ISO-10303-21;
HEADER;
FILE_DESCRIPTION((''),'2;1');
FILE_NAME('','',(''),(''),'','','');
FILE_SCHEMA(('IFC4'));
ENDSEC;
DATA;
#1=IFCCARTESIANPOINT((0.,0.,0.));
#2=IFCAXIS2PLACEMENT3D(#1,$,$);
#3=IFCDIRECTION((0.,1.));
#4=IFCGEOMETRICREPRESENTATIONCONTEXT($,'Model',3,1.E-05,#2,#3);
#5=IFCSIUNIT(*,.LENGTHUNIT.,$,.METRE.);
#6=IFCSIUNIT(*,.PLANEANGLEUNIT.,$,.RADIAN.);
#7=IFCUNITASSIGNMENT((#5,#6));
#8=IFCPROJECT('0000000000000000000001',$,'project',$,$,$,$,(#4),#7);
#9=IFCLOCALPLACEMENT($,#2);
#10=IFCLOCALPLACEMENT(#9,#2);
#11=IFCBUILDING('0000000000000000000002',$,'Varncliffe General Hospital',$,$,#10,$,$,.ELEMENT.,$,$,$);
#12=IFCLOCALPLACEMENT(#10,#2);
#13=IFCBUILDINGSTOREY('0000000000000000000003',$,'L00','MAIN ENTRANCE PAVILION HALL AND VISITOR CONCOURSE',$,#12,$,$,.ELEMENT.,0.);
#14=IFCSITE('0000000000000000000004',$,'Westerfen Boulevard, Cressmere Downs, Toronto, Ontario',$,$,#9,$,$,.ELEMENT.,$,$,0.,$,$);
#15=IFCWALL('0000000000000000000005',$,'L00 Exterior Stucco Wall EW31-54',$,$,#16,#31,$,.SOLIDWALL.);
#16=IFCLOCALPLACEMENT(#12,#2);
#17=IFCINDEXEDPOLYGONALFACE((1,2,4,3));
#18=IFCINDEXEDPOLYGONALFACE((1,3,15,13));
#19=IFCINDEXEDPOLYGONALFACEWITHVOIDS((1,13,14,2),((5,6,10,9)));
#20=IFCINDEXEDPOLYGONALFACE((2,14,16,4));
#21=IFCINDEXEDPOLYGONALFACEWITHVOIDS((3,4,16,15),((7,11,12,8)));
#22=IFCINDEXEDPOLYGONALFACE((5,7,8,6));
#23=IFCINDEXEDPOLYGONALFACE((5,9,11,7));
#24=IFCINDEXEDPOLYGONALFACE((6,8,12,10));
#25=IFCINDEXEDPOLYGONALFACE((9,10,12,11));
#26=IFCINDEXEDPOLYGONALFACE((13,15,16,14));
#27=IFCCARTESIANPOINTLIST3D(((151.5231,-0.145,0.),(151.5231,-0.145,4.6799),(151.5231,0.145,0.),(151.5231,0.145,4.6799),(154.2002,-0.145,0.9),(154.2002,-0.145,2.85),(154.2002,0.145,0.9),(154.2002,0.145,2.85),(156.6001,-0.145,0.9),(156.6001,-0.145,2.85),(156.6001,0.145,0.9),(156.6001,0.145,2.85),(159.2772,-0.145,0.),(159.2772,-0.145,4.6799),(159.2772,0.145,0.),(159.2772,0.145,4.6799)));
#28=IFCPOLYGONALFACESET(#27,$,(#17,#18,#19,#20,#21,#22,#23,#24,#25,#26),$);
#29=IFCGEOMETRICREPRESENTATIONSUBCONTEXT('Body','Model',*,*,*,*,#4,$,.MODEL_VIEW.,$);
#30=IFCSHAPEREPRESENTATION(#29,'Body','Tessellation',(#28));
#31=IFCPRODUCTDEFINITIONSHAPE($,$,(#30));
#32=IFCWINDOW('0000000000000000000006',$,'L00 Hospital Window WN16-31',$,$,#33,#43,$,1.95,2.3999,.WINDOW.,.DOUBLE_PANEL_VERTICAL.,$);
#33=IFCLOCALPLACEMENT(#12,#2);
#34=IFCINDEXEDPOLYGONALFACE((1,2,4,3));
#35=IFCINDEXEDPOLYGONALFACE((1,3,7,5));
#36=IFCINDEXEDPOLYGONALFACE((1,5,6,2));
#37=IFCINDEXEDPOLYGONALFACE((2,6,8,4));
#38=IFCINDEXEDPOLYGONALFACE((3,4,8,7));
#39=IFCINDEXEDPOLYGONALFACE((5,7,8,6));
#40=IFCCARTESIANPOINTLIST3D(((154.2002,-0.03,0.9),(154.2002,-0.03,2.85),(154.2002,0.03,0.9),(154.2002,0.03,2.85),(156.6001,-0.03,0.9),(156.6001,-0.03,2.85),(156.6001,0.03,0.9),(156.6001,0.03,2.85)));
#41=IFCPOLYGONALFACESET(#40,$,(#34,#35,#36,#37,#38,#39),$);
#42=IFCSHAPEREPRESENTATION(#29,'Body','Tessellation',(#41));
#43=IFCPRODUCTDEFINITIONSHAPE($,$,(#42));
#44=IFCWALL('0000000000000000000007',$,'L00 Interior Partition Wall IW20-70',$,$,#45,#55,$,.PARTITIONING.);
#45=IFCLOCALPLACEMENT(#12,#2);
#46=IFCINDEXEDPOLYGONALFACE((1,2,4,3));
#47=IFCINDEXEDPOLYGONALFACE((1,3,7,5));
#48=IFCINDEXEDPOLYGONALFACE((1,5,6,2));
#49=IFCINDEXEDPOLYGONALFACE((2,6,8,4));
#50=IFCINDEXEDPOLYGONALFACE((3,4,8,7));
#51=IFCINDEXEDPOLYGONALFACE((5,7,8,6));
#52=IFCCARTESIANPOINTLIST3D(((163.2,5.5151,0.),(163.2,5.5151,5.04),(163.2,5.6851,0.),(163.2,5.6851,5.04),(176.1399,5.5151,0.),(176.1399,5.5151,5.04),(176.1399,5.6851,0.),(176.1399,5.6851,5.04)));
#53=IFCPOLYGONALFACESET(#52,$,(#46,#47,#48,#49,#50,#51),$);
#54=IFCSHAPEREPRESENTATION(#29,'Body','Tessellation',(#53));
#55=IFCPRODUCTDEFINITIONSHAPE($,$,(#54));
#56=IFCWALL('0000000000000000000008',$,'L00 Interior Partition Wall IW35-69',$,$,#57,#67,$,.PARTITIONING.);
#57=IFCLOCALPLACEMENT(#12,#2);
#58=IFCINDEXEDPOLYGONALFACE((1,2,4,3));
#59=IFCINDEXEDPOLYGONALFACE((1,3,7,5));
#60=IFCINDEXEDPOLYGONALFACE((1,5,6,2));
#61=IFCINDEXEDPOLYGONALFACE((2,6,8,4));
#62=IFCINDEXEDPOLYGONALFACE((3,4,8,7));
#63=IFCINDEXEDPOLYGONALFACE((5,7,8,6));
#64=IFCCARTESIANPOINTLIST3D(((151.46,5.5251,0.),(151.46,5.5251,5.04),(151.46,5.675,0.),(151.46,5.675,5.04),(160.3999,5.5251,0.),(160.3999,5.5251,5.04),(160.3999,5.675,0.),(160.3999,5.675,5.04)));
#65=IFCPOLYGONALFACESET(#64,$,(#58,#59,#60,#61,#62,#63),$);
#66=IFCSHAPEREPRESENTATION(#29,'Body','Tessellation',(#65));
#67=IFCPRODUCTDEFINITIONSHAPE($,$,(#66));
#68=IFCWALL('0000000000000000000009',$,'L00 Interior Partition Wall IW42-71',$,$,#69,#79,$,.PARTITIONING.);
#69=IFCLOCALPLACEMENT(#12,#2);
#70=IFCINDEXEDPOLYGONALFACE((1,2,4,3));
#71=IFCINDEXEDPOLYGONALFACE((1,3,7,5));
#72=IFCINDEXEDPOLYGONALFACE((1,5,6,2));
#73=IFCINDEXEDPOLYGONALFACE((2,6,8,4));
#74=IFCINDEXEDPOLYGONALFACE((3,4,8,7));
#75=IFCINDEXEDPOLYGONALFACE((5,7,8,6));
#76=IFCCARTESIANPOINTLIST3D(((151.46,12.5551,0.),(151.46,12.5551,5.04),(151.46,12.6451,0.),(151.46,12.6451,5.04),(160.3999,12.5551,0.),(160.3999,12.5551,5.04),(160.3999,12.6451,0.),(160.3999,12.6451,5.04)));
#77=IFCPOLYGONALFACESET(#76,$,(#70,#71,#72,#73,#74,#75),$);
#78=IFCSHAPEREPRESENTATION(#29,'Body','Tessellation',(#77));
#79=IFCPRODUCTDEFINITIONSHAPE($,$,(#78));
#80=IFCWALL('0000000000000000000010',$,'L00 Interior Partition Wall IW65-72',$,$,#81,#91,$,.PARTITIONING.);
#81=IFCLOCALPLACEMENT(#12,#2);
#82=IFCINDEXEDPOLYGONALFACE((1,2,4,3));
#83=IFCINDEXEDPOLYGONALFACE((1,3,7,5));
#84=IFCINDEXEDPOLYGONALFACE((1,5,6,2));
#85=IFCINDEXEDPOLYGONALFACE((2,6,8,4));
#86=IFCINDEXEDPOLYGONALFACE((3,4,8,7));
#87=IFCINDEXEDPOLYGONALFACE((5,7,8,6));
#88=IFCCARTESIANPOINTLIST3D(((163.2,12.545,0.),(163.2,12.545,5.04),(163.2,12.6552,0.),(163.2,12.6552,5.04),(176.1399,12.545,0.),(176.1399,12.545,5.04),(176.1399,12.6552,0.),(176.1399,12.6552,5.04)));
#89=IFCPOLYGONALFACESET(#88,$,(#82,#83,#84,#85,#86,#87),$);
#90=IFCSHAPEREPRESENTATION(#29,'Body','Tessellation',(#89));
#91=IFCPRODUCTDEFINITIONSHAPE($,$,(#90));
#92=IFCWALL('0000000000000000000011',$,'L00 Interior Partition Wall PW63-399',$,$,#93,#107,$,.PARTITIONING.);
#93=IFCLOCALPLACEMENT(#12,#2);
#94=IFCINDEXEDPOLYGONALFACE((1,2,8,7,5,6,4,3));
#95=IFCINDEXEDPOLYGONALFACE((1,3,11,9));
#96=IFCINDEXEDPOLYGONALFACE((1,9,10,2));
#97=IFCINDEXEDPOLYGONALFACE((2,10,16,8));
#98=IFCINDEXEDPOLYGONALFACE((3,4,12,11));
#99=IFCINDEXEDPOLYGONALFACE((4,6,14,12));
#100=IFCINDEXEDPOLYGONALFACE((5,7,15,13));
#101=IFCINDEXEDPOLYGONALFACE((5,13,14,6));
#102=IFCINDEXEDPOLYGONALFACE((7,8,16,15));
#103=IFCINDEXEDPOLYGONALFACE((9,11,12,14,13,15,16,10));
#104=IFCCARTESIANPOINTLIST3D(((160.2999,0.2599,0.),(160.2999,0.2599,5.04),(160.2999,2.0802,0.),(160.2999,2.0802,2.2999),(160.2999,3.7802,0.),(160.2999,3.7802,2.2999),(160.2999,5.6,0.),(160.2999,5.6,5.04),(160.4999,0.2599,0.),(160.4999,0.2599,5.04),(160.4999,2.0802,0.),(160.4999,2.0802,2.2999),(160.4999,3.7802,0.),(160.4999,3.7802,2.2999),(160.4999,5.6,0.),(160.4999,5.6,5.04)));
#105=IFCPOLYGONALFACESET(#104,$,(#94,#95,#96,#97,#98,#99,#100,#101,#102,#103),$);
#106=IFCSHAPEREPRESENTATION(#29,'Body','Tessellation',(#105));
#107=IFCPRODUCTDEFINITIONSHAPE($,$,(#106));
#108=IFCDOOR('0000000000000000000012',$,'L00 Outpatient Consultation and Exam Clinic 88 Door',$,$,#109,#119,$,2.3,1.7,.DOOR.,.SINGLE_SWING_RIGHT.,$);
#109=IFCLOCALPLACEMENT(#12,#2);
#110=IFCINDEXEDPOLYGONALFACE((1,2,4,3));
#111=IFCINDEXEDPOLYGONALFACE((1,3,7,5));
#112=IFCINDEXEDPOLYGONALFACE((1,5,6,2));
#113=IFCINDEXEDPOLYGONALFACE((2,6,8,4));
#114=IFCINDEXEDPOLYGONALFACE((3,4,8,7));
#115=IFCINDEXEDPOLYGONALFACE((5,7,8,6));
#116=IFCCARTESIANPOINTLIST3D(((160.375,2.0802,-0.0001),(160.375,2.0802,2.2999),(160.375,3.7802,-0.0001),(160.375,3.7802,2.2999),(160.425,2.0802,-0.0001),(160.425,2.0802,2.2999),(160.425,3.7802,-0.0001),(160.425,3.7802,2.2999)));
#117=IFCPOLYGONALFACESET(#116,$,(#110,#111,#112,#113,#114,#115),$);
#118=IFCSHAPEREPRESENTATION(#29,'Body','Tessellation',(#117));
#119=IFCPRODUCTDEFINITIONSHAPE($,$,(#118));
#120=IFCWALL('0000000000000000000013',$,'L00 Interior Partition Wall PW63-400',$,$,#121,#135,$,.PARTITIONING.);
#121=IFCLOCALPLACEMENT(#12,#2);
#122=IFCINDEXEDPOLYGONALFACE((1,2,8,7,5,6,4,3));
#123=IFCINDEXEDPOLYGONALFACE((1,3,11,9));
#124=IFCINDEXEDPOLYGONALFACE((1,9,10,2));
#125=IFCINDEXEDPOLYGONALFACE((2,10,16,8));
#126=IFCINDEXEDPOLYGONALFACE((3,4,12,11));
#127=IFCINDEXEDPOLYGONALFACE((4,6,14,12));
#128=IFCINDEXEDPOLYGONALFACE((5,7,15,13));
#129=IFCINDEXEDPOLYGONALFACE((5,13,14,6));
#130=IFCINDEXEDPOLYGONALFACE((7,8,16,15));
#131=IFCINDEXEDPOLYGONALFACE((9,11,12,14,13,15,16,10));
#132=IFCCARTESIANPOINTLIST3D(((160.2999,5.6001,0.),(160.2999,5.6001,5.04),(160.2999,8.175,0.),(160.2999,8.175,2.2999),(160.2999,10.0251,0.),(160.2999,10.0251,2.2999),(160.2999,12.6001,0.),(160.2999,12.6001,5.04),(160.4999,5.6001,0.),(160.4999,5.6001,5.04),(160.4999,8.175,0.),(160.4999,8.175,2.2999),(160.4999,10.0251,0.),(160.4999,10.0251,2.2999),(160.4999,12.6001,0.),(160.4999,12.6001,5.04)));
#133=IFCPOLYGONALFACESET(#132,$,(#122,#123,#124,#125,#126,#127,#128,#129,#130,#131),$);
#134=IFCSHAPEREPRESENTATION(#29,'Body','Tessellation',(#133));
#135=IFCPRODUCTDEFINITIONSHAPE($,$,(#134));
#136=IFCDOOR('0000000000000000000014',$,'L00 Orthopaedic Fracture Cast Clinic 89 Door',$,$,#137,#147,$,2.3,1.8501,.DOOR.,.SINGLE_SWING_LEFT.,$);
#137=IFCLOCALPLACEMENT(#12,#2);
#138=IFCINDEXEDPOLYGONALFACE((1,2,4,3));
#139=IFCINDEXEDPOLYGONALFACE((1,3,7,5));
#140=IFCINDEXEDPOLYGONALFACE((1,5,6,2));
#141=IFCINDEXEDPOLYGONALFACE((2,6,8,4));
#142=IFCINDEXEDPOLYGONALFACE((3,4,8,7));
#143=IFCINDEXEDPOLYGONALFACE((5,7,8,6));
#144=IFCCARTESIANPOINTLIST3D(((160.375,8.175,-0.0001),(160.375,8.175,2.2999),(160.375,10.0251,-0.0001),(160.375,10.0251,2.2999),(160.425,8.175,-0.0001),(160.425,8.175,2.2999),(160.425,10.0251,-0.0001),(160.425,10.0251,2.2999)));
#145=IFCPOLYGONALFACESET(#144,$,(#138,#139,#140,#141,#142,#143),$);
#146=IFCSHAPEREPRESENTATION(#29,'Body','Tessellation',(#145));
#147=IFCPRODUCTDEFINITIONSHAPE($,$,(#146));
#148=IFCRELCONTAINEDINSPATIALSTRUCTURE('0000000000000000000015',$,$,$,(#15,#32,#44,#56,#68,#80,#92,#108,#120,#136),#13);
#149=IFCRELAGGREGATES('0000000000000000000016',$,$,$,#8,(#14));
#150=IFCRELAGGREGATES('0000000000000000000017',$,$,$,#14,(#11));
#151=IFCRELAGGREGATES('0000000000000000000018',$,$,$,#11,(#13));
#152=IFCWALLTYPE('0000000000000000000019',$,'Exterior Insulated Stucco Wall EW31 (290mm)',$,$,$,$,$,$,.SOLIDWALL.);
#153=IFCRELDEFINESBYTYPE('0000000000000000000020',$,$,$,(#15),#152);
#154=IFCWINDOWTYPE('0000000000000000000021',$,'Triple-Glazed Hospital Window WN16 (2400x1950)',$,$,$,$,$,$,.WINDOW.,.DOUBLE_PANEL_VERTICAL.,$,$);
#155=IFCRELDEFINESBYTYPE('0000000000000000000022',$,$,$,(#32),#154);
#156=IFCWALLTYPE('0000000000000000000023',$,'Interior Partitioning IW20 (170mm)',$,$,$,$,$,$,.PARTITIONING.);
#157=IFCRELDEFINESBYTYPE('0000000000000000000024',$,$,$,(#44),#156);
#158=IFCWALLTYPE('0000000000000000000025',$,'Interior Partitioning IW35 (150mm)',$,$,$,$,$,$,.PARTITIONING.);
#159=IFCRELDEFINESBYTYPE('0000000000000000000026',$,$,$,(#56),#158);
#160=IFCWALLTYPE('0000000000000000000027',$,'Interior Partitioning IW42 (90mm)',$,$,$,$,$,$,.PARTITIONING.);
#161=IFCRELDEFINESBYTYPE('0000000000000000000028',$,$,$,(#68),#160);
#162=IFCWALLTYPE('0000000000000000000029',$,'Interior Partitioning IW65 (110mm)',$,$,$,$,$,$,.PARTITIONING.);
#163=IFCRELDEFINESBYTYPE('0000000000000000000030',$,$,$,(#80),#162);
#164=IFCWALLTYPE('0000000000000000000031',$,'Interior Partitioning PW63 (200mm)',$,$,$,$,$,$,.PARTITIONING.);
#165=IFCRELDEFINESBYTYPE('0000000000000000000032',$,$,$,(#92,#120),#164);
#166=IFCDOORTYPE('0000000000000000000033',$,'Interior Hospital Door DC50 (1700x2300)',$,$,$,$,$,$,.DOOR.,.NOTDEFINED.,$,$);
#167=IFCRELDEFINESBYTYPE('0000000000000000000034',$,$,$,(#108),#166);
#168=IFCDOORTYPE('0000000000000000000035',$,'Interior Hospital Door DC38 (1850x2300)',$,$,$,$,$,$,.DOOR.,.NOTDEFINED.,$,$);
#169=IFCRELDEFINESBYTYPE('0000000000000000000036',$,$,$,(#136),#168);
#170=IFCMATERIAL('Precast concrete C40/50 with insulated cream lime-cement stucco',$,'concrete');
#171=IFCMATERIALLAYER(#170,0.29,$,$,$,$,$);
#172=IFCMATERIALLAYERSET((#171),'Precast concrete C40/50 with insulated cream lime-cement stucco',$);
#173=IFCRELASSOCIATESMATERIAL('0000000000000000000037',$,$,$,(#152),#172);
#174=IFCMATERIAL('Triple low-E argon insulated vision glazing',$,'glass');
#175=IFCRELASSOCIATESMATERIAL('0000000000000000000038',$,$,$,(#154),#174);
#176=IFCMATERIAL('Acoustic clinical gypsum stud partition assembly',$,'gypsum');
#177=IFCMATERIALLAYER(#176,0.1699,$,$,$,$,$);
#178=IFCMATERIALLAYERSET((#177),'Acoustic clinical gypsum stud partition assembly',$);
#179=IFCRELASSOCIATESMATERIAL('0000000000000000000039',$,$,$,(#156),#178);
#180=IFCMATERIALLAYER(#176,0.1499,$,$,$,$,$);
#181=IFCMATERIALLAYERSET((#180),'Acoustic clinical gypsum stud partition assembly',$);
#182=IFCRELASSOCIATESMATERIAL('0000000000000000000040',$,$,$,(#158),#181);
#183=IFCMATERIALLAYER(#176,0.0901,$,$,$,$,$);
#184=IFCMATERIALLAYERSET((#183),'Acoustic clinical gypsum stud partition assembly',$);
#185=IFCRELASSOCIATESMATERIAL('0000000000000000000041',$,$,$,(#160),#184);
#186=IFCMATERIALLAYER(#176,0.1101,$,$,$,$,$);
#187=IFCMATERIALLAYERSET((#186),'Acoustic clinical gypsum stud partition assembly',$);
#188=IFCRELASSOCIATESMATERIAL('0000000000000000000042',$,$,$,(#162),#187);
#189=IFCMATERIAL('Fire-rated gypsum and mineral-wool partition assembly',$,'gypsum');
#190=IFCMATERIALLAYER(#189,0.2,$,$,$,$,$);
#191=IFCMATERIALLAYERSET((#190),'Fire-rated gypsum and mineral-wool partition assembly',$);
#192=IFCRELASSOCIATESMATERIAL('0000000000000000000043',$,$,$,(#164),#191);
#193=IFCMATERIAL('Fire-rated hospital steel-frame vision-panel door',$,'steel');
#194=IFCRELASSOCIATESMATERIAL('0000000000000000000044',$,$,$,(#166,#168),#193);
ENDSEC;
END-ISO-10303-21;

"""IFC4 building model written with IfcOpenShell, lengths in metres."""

from ifc_helpers import new_model, si_unit, direction, frame, frame_2d, origin, place, context, subcontext, project, spatial, rectangle, extrude, material, layer, layer_set, type_object, element, fill, save


model = new_model("IFC4")

# Units and contexts
model_context = context("Model", 3, precision=1e-05, world=origin(), true_north=direction((0.0, 1.0)))
body_context = subcontext(model_context, "Body", "Model", "MODEL_VIEW")
ifc_project = project(units=[si_unit("LENGTHUNIT", "METRE"), si_unit("PLANEANGLEUNIT", "RADIAN")], contexts=[model_context])

# Site, building, storey
site_placement = place(None, origin())
site = spatial("IfcSite", under=ifc_project, at=site_placement, Name="Westerfen Boulevard, Cressmere Downs, Toronto, Ontario", CompositionType="ELEMENT", RefElevation=0.0)
building_placement = place(site_placement, origin())
building = spatial("IfcBuilding", under=site, at=building_placement, Name="Varncliffe General Hospital", CompositionType="ELEMENT")
storey_placement = place(building_placement, origin())
storey = spatial("IfcBuildingStorey", under=building, at=storey_placement, Name="L00", Description="MAIN ENTRANCE PAVILION HALL AND VISITOR CONCOURSE", CompositionType="ELEMENT", Elevation=0.0)

# Wall, opening, window
ifc_material_1 = material(Name="Precast concrete C40/50 with insulated cream lime-cement stucco", Category="concrete")
ifc_layer_1 = layer(ifc_material_1, 0.29)
ifc_layer_set_1 = layer_set([ifc_layer_1], Name="Precast concrete C40/50 with insulated cream lime-cement stucco")
wall_type_1 = type_object("IfcWallType", Name="Exterior Insulated Stucco Wall EW31 (290mm)", PredefinedType="SOLIDWALL", material=ifc_layer_set_1)
wall_1_placement = place(storey_placement, frame((159.2771, 0.0, 0.0), z_axis=(0.0, 0.0, 1.0), x_axis=(-1.0, 0.0, 0.0)))
wall_1 = element("IfcWall", 1, at=wall_1_placement, inside=storey, type_object=wall_type_1, Name="L00 Exterior Stucco Wall EW31-54", PredefinedType="SOLIDWALL", context=body_context, shape_type="SweptSolid", body=[
    extrude(rectangle(XDim=7.7542, YDim=0.29, at=frame_2d((3.877, 0.0))), origin(), (0.0, 0.0, 1.0), 4.6799),
])
opening_1_placement = place(wall_1_placement, frame((2.677, 0.0, 0.8999)))
opening_1 = element("IfcOpeningElement", 2, at=opening_1_placement, cuts=wall_1, PredefinedType="OPENING", context=body_context, shape_type="SweptSolid", body=[
    extrude(rectangle(XDim=2.3999, YDim=1.95, at=frame_2d((1.2, 0.9751))), frame((0.0, 0.155, 0.0), z_axis=(0.0, -1.0, 0.0), x_axis=(1.0, 0.0, 0.0)), (0.0, 0.0, 1.0), 0.3101),
])
ifc_material_2 = material(Name="Triple low-E argon insulated vision glazing", Category="glass")
window_type = type_object("IfcWindowType", Name="Triple-Glazed Hospital Window WN16 (2400x1950)", PartitioningType="DOUBLE_PANEL_VERTICAL", PredefinedType="WINDOW", material=ifc_material_2)
window_placement = place(opening_1_placement, origin())
window = element("IfcWindow", 3, at=window_placement, inside=storey, type_object=window_type, Name="L00 Hospital Window WN16-31", OverallHeight=1.95, OverallWidth=2.3999, PartitioningType="DOUBLE_PANEL_VERTICAL", PredefinedType="WINDOW", context=body_context, shape_type="SweptSolid", body=[
    extrude(rectangle(XDim=2.3999, YDim=1.95, at=frame_2d((1.2, 0.9751))), frame((0.0, 0.03, 0.0), z_axis=(0.0, -1.0, 0.0), x_axis=(1.0, 0.0, 0.0)), (0.0, 0.0, 1.0), 0.0601),
])
fill(opening_1, window)

# Walls
ifc_material_3 = material(Name="Acoustic clinical gypsum stud partition assembly", Category="gypsum")
ifc_layer_2 = layer(ifc_material_3, 0.1699)
ifc_layer_set_2 = layer_set([ifc_layer_2], Name="Acoustic clinical gypsum stud partition assembly")
wall_type_2 = type_object("IfcWallType", Name="Interior Partitioning IW20 (170mm)", PredefinedType="PARTITIONING", material=ifc_layer_set_2)
wall_2_placement = place(storey_placement, frame((163.2, 5.6001, 0.0), z_axis=(0.0, 0.0, 1.0), x_axis=(1.0, 0.0, 0.0)))
element("IfcWall", 4, at=wall_2_placement, inside=storey, type_object=wall_type_2, Name="L00 Interior Partition Wall IW20-70", PredefinedType="PARTITIONING", context=body_context, shape_type="SweptSolid", body=[
    extrude(rectangle(XDim=12.9399, YDim=0.1699, at=frame_2d((6.47, 0.0))), origin(), (0.0, 0.0, 1.0), 5.04),
])
ifc_layer_3 = layer(ifc_material_3, 0.1499)
ifc_layer_set_3 = layer_set([ifc_layer_3], Name="Acoustic clinical gypsum stud partition assembly")
wall_type_3 = type_object("IfcWallType", Name="Interior Partitioning IW35 (150mm)", PredefinedType="PARTITIONING", material=ifc_layer_set_3)
wall_3_placement = place(storey_placement, frame((151.46, 5.6001, 0.0), z_axis=(0.0, 0.0, 1.0), x_axis=(1.0, 0.0, 0.0)))
element("IfcWall", 5, at=wall_3_placement, inside=storey, type_object=wall_type_3, Name="L00 Interior Partition Wall IW35-69", PredefinedType="PARTITIONING", context=body_context, shape_type="SweptSolid", body=[
    extrude(rectangle(XDim=8.9399, YDim=0.1499, at=frame_2d((4.47, 0.0))), origin(), (0.0, 0.0, 1.0), 5.04),
])
ifc_layer_4 = layer(ifc_material_3, 0.0901)
ifc_layer_set_4 = layer_set([ifc_layer_4], Name="Acoustic clinical gypsum stud partition assembly")
wall_type_4 = type_object("IfcWallType", Name="Interior Partitioning IW42 (90mm)", PredefinedType="PARTITIONING", material=ifc_layer_set_4)
wall_4_placement = place(storey_placement, frame((151.46, 12.6001, 0.0), z_axis=(0.0, 0.0, 1.0), x_axis=(1.0, 0.0, 0.0)))
element("IfcWall", 6, at=wall_4_placement, inside=storey, type_object=wall_type_4, Name="L00 Interior Partition Wall IW42-71", PredefinedType="PARTITIONING", context=body_context, shape_type="SweptSolid", body=[
    extrude(rectangle(XDim=8.9399, YDim=0.0901, at=frame_2d((4.47, 0.0))), origin(), (0.0, 0.0, 1.0), 5.04),
])
ifc_layer_5 = layer(ifc_material_3, 0.1101)
ifc_layer_set_5 = layer_set([ifc_layer_5], Name="Acoustic clinical gypsum stud partition assembly")
wall_type_5 = type_object("IfcWallType", Name="Interior Partitioning IW65 (110mm)", PredefinedType="PARTITIONING", material=ifc_layer_set_5)
wall_5_placement = place(storey_placement, frame((163.2, 12.6001, 0.0), z_axis=(0.0, 0.0, 1.0), x_axis=(1.0, 0.0, 0.0)))
element("IfcWall", 7, at=wall_5_placement, inside=storey, type_object=wall_type_5, Name="L00 Interior Partition Wall IW65-72", PredefinedType="PARTITIONING", context=body_context, shape_type="SweptSolid", body=[
    extrude(rectangle(XDim=12.9399, YDim=0.1101, at=frame_2d((6.47, 0.0))), origin(), (0.0, 0.0, 1.0), 5.04),
])

# Walls, openings, doors
ifc_material_4 = material(Name="Fire-rated gypsum and mineral-wool partition assembly", Category="gypsum")
ifc_layer_6 = layer(ifc_material_4, 0.2)
ifc_layer_set_6 = layer_set([ifc_layer_6], Name="Fire-rated gypsum and mineral-wool partition assembly")
wall_type_6 = type_object("IfcWallType", Name="Interior Partitioning PW63 (200mm)", PredefinedType="PARTITIONING", material=ifc_layer_set_6)
wall_6_placement = place(storey_placement, frame((160.3999, 0.26, 0.0), z_axis=(0.0, 0.0, 1.0), x_axis=(0.0, 1.0, 0.0)))
wall_6 = element("IfcWall", 8, at=wall_6_placement, inside=storey, type_object=wall_type_6, Name="L00 Interior Partition Wall PW63-399", PredefinedType="PARTITIONING", context=body_context, shape_type="SweptSolid", body=[
    extrude(rectangle(XDim=5.3401, YDim=0.2, at=frame_2d((2.6699, 0.0))), origin(), (0.0, 0.0, 1.0), 5.04),
])
opening_2_placement = place(wall_6_placement, frame((1.8201, 0.0, 0.0)))
opening_2 = element("IfcOpeningElement", 9, at=opening_2_placement, cuts=wall_6, PredefinedType="OPENING", context=body_context, shape_type="SweptSolid", body=[
    extrude(rectangle(XDim=1.7, YDim=2.3, at=frame_2d((0.8501, 1.1499))), frame((0.0, 0.1099, 0.0), z_axis=(0.0, -1.0, 0.0), x_axis=(1.0, 0.0, 0.0)), (0.0, 0.0, 1.0), 0.22),
])
ifc_material_5 = material(Name="Fire-rated hospital steel-frame vision-panel door", Category="steel")
door_type_1 = type_object("IfcDoorType", Name="Interior Hospital Door DC50 (1700x2300)", OperationType="NOTDEFINED", PredefinedType="DOOR", material=ifc_material_5)
door_1_placement = place(opening_2_placement, origin())
door_1 = element("IfcDoor", 10, at=door_1_placement, inside=storey, type_object=door_type_1, Name="L00 Outpatient Consultation and Exam Clinic 88 Door", OperationType="SINGLE_SWING_RIGHT", OverallHeight=2.3, OverallWidth=1.7, PredefinedType="DOOR", context=body_context, shape_type="SweptSolid", body=[
    extrude(rectangle(XDim=1.7, YDim=2.3, at=frame_2d((0.8501, 1.1499))), frame((0.0, 0.0249, 0.0), z_axis=(0.0, -1.0, 0.0), x_axis=(1.0, 0.0, 0.0)), (0.0, 0.0, 1.0), 0.05),
])
fill(opening_2, door_1)
wall_7_placement = place(storey_placement, frame((160.3999, 5.6001, 0.0), z_axis=(0.0, 0.0, 1.0), x_axis=(0.0, 1.0, 0.0)))
wall_7 = element("IfcWall", 11, at=wall_7_placement, inside=storey, type_object=wall_type_6, Name="L00 Interior Partition Wall PW63-400", PredefinedType="PARTITIONING", context=body_context, shape_type="SweptSolid", body=[
    extrude(rectangle(XDim=7.0, YDim=0.2, at=frame_2d((3.5, 0.0))), origin(), (0.0, 0.0, 1.0), 5.04),
])
opening_3_placement = place(wall_7_placement, frame((2.575, 0.0, 0.0)))
opening_3 = element("IfcOpeningElement", 12, at=opening_3_placement, cuts=wall_7, PredefinedType="OPENING", context=body_context, shape_type="SweptSolid", body=[
    extrude(rectangle(XDim=1.8501, YDim=2.3, at=frame_2d((0.925, 1.1499))), frame((0.0, 0.1099, 0.0), z_axis=(0.0, -1.0, 0.0), x_axis=(1.0, 0.0, 0.0)), (0.0, 0.0, 1.0), 0.22),
])
door_type_2 = type_object("IfcDoorType", Name="Interior Hospital Door DC38 (1850x2300)", OperationType="NOTDEFINED", PredefinedType="DOOR", material=ifc_material_5)
door_2_placement = place(opening_3_placement, origin())
door_2 = element("IfcDoor", 13, at=door_2_placement, inside=storey, type_object=door_type_2, Name="L00 Orthopaedic Fracture Cast Clinic 89 Door", OperationType="SINGLE_SWING_LEFT", OverallHeight=2.3, OverallWidth=1.8501, PredefinedType="DOOR", context=body_context, shape_type="SweptSolid", body=[
    extrude(rectangle(XDim=1.8501, YDim=2.3, at=frame_2d((0.925, 1.1499))), frame((0.0, 0.0249, 0.0), z_axis=(0.0, -1.0, 0.0), x_axis=(1.0, 0.0, 0.0)), (0.0, 0.0, 1.0), 0.05),
])
fill(opening_3, door_2)

save(model, "model.ifc")
